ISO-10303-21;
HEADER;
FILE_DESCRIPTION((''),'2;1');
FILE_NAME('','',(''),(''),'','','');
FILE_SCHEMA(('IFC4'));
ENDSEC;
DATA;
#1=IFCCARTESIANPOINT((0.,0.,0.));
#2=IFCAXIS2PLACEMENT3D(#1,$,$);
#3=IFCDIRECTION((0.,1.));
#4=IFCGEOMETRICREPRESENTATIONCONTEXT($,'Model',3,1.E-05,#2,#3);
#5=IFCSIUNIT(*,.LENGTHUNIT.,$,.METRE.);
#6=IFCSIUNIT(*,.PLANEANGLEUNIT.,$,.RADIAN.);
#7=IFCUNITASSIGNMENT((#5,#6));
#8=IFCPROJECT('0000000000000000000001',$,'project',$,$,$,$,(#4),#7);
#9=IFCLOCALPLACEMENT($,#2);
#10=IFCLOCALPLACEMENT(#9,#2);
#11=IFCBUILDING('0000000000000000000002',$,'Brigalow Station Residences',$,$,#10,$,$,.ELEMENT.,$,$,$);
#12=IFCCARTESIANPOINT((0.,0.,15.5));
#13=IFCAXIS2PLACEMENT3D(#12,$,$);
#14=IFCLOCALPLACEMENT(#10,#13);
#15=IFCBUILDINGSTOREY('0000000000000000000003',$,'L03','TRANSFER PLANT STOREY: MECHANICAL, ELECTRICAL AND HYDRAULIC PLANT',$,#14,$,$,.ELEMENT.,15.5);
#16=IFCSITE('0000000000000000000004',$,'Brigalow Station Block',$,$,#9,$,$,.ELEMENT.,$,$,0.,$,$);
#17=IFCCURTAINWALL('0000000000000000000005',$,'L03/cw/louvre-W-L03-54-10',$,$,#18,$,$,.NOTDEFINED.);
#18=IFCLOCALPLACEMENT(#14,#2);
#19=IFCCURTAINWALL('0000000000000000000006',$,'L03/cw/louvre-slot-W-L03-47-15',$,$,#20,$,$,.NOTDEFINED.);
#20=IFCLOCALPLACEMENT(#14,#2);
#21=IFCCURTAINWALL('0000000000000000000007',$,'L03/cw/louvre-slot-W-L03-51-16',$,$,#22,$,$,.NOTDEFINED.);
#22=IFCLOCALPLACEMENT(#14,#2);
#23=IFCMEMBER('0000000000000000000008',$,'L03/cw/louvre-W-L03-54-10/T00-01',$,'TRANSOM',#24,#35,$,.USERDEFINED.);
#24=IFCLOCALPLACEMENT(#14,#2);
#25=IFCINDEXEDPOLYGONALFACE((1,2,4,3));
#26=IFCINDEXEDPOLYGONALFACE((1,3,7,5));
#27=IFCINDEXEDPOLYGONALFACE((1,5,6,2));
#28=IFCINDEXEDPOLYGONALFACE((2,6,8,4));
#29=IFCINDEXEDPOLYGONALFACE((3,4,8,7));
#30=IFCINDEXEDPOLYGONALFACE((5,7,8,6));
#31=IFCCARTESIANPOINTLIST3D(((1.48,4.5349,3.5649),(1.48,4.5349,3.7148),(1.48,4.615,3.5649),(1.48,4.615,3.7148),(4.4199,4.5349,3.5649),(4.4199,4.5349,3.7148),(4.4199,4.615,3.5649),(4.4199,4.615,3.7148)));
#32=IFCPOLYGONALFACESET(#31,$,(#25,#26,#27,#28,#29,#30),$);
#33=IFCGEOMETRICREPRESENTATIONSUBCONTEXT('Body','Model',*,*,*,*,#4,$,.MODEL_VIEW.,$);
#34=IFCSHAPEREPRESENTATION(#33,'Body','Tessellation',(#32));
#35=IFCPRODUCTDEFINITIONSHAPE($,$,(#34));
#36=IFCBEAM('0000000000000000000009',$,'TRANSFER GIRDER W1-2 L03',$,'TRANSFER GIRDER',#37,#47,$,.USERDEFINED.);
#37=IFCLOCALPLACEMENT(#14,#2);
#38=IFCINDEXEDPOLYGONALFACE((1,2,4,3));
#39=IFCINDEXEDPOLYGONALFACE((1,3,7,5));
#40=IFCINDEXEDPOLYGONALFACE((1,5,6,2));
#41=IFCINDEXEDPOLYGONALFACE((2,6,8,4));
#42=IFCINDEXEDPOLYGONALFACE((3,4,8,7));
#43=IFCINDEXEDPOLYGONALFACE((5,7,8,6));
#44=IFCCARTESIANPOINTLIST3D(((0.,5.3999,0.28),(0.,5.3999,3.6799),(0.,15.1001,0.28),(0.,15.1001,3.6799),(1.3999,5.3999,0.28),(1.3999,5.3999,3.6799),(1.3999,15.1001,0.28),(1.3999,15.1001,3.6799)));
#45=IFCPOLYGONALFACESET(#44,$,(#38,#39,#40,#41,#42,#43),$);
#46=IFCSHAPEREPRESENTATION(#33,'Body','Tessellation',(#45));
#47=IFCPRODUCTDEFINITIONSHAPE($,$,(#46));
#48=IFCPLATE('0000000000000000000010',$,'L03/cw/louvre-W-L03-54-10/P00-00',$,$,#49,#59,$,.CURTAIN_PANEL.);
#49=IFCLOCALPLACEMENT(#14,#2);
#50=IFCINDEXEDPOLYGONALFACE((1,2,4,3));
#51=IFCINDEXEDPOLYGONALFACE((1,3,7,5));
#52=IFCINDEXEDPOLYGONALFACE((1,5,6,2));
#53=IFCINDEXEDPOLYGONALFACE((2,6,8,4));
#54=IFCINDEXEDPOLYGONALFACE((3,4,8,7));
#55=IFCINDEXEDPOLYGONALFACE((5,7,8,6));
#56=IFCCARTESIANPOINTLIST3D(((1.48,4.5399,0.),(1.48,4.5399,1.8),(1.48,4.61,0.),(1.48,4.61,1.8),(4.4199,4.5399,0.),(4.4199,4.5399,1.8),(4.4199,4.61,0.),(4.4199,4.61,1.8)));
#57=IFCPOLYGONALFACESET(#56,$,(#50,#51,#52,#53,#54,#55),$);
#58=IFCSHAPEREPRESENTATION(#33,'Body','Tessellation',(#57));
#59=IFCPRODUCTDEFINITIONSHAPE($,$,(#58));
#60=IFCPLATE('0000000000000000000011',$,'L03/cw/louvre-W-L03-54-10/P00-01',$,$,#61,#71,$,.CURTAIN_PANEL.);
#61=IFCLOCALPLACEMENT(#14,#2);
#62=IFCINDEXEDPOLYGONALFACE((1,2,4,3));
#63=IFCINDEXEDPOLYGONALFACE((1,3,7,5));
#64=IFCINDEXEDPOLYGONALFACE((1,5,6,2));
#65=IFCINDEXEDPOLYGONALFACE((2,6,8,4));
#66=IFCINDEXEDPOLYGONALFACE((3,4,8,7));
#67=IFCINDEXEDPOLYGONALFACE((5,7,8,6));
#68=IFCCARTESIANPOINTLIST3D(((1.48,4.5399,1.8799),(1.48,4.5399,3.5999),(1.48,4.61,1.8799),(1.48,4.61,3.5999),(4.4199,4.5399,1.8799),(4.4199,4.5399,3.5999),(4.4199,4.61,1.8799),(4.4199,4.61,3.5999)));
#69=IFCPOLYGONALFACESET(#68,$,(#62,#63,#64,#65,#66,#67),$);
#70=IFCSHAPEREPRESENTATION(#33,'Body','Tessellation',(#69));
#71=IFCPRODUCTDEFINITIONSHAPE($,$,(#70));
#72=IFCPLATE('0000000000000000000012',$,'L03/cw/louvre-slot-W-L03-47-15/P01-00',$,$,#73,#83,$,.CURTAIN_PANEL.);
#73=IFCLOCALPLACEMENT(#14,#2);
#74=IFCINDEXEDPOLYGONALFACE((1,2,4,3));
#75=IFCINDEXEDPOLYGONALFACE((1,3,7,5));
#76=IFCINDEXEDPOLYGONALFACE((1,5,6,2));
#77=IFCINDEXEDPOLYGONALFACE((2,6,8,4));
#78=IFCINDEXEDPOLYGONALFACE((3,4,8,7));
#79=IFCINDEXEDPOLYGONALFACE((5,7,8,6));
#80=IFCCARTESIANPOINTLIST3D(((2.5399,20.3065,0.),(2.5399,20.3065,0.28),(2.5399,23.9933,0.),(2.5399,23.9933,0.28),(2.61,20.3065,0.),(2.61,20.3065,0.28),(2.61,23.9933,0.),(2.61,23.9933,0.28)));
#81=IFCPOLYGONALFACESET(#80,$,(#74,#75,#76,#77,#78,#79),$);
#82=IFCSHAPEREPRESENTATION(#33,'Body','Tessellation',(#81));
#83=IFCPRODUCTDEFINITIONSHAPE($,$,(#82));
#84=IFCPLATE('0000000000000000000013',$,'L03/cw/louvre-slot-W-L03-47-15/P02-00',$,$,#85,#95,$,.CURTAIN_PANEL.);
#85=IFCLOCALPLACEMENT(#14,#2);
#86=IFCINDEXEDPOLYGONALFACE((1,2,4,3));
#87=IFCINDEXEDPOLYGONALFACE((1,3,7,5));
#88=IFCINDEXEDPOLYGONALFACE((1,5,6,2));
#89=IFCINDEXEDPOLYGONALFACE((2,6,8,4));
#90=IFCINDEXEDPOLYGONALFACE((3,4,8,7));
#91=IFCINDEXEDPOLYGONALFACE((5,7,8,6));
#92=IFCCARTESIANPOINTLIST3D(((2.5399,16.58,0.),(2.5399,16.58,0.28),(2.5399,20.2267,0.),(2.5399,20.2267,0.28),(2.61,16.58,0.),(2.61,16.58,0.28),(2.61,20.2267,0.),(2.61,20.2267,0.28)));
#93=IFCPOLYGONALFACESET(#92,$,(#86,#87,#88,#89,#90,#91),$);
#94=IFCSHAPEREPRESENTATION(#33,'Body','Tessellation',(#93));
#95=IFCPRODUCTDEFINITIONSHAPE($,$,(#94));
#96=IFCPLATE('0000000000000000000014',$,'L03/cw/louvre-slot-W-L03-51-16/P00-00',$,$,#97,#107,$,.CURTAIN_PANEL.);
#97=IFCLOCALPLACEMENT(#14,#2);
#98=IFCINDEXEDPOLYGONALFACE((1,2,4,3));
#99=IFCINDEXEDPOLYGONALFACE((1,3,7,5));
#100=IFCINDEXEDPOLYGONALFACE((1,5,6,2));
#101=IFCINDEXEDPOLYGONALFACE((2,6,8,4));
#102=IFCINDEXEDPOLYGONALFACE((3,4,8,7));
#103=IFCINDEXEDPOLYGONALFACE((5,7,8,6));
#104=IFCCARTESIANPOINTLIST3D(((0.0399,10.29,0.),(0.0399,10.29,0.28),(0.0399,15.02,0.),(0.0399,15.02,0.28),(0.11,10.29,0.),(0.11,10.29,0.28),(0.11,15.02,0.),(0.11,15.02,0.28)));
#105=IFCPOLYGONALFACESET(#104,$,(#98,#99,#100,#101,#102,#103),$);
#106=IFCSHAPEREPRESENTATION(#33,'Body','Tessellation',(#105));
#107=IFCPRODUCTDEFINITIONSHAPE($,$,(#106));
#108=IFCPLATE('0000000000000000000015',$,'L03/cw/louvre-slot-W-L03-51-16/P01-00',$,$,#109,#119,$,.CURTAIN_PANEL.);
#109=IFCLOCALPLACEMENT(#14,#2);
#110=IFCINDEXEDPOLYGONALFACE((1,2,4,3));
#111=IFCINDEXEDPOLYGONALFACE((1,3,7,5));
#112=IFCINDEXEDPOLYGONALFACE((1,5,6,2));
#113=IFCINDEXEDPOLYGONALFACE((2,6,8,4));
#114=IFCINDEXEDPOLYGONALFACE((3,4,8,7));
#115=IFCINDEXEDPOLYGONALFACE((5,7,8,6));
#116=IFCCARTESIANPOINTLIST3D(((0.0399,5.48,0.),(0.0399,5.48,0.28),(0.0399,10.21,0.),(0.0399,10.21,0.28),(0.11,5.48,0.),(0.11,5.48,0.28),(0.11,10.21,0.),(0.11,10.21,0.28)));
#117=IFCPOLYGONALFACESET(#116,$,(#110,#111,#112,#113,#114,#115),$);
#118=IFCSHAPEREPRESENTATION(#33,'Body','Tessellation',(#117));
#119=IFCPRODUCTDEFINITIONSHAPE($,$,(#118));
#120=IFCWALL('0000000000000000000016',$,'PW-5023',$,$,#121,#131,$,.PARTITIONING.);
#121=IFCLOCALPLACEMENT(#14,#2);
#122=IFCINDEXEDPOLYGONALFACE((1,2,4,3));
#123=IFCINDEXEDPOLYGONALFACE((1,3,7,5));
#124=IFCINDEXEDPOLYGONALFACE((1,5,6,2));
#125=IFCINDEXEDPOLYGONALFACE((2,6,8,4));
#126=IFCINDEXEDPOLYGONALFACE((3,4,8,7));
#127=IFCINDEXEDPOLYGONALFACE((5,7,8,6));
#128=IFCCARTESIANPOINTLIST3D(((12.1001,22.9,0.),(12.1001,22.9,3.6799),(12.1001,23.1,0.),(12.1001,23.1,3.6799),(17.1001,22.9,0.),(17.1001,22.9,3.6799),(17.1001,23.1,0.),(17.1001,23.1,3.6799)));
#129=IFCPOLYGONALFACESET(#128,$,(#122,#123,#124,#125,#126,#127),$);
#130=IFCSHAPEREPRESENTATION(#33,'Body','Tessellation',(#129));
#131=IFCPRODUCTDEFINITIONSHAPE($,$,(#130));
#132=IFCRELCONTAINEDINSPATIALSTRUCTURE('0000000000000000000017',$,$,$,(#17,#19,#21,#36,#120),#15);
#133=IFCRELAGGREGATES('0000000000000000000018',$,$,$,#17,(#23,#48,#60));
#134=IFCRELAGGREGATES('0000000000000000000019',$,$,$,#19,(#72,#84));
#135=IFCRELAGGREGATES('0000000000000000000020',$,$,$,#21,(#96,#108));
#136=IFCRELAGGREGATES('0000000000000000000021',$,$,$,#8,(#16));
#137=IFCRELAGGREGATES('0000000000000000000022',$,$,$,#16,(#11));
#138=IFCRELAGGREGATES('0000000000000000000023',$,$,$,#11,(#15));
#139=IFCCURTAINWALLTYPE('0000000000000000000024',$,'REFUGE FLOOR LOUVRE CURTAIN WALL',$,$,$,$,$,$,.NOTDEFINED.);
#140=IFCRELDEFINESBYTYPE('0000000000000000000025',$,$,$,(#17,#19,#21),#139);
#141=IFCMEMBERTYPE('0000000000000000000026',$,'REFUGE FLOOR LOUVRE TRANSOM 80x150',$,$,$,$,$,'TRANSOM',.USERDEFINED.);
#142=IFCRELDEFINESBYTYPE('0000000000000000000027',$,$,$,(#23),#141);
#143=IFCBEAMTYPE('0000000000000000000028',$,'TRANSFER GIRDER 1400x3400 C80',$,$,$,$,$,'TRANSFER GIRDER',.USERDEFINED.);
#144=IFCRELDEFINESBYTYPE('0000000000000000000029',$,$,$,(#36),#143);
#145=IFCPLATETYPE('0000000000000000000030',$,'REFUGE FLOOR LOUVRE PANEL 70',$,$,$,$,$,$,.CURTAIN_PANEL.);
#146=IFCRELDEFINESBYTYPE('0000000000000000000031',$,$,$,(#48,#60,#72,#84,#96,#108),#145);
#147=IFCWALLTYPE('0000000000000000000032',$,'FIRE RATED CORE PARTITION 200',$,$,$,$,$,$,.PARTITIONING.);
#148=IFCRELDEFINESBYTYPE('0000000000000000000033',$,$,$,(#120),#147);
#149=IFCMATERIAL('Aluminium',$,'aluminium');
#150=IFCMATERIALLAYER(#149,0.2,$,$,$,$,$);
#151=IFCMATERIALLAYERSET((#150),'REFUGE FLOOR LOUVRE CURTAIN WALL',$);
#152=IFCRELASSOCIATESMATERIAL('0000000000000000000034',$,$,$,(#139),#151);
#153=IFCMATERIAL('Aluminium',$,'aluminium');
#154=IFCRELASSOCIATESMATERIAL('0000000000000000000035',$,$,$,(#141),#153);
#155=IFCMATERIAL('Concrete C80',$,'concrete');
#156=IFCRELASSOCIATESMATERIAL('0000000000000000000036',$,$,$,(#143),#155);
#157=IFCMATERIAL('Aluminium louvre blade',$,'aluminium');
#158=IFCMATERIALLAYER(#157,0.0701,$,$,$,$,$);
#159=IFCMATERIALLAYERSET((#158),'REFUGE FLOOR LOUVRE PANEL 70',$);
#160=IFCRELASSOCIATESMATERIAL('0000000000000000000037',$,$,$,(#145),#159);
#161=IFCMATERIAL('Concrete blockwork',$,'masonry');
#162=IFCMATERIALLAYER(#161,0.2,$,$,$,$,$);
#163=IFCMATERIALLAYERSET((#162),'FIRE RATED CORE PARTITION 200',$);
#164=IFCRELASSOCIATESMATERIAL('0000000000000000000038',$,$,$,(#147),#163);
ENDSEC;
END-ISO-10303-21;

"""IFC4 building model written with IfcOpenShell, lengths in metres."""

from ifc_helpers import new_model, si_unit, direction, frame, frame_2d, origin, origin_2d, place, context, subcontext, project, spatial, rectangle, extrude, material, layer, layer_set, material_profile, profile_set, type_object, element, aggregate, save


model = new_model("IFC4")

# Units and contexts
model_context = context("Model", 3, precision=1e-05, world=origin(), true_north=direction((0.0, 1.0)))
body_context = subcontext(model_context, "Body", "Model", "MODEL_VIEW")
ifc_project = project(units=[si_unit("LENGTHUNIT", "METRE"), si_unit("PLANEANGLEUNIT", "RADIAN")], contexts=[model_context])

# Site, building, storey
site_placement = place(None, origin())
site = spatial("IfcSite", under=ifc_project, at=site_placement, Name="Brigalow Station Block", CompositionType="ELEMENT", RefElevation=0.0)
building_placement = place(site_placement, origin())
building = spatial("IfcBuilding", under=site, at=building_placement, Name="Brigalow Station Residences", CompositionType="ELEMENT")
storey_placement = place(building_placement, frame((0.0, 0.0, 15.5)))
storey = spatial("IfcBuildingStorey", under=building, at=storey_placement, Name="L03", Description="TRANSFER PLANT STOREY: MECHANICAL, ELECTRICAL AND HYDRAULIC PLANT", CompositionType="ELEMENT", Elevation=15.5)

# Curtain walls
ifc_material_1 = material(Name="Aluminium", Category="aluminium")
ifc_layer_1 = layer(ifc_material_1, 0.2)
ifc_layer_set_1 = layer_set([ifc_layer_1], Name="REFUGE FLOOR LOUVRE CURTAIN WALL")
curtain_wall_type = type_object("IfcCurtainWallType", Name="REFUGE FLOOR LOUVRE CURTAIN WALL", PredefinedType="NOTDEFINED", material=ifc_layer_set_1)
curtain_wall_1_placement = place(storey_placement, origin())
curtain_wall_1 = element("IfcCurtainWall", 1, at=curtain_wall_1_placement, inside=storey, type_object=curtain_wall_type, Name="L03/cw/louvre-W-L03-54-10", PredefinedType="NOTDEFINED")
curtain_wall_2_placement = place(storey_placement, origin())
curtain_wall_2 = element("IfcCurtainWall", 2, at=curtain_wall_2_placement, inside=storey, type_object=curtain_wall_type, Name="L03/cw/louvre-slot-W-L03-47-15", PredefinedType="NOTDEFINED")
curtain_wall_3_placement = place(storey_placement, origin())
curtain_wall_3 = element("IfcCurtainWall", 3, at=curtain_wall_3_placement, inside=storey, type_object=curtain_wall_type, Name="L03/cw/louvre-slot-W-L03-51-16", PredefinedType="NOTDEFINED")

# Member
ifc_material_2 = material(Name="Aluminium", Category="aluminium")
ifc_material_profile_1 = material_profile(ifc_material_2, rectangle(XDim=0.0801, YDim=0.1499, at=origin_2d()), Name="REFUGE FLOOR LOUVRE TRANSOM 80x150")
ifc_profile_set_1 = profile_set([ifc_material_profile_1], Name="Aluminium")
member_type_1 = type_object("IfcMemberType", Name="REFUGE FLOOR LOUVRE TRANSOM 80x150", ElementType="TRANSOM", PredefinedType="USERDEFINED", material=ifc_profile_set_1)
member_1_placement = place(storey_placement, frame((1.48, 4.575, 3.6399), z_axis=(1.0, 0.0, 0.0), x_axis=(0.0, 1.0, 0.0)))
member_1 = element("IfcMember", 4, at=member_1_placement, type_object=member_type_1, Name="L03/cw/louvre-W-L03-54-10/T00-01", ObjectType="TRANSOM", PredefinedType="USERDEFINED", context=body_context, shape_type="SweptSolid", body=[
    extrude(rectangle(XDim=0.0801, YDim=0.1499, at=origin_2d()), origin(), (0.0, 0.0, 1.0), 2.9399),
])

# Beam
ifc_material_3 = material(Name="Concrete C80", Category="concrete")
ifc_material_profile_2 = material_profile(ifc_material_3, rectangle(XDim=1.3999, YDim=3.3999, at=origin_2d()), Name="RC1400x3400")
ifc_profile_set_2 = profile_set([ifc_material_profile_2], Name="Concrete C80")
beam_type = type_object("IfcBeamType", Name="TRANSFER GIRDER 1400x3400 C80", ElementType="TRANSFER GIRDER", PredefinedType="USERDEFINED", material=ifc_profile_set_2)
beam_placement = place(storey_placement, frame((0.7, 15.1001, 1.98), z_axis=(0.0, -1.0, 0.0), x_axis=(1.0, 0.0, 0.0)))
element("IfcBeam", 5, at=beam_placement, inside=storey, type_object=beam_type, Name="TRANSFER GIRDER W1-2 L03", ObjectType="TRANSFER GIRDER", PredefinedType="USERDEFINED", context=body_context, shape_type="SweptSolid", body=[
    extrude(rectangle(XDim=1.3999, YDim=3.3999, at=origin_2d()), origin(), (0.0, 0.0, 1.0), 9.7002),
])

# Plates
ifc_material_4 = material(Name="Aluminium louvre blade", Category="aluminium")
ifc_layer_2 = layer(ifc_material_4, 0.0701)
ifc_layer_set_2 = layer_set([ifc_layer_2], Name="REFUGE FLOOR LOUVRE PANEL 70")
plate_type = type_object("IfcPlateType", Name="REFUGE FLOOR LOUVRE PANEL 70", PredefinedType="CURTAIN_PANEL", material=ifc_layer_set_2)
plate_1_placement = place(storey_placement, frame((2.95, 4.575, 0.0), z_axis=(0.0, 0.0, 1.0), x_axis=(1.0, 0.0, 0.0)))
plate_1 = element("IfcPlate", 6, at=plate_1_placement, type_object=plate_type, Name="L03/cw/louvre-W-L03-54-10/P00-00", PredefinedType="CURTAIN_PANEL", context=body_context, shape_type="SweptSolid", body=[
    extrude(rectangle(XDim=2.9399, YDim=0.0701, at=origin_2d()), origin(), (0.0, 0.0, 1.0), 1.8),
])
plate_2_placement = place(storey_placement, frame((2.95, 4.575, 1.8799), z_axis=(0.0, 0.0, 1.0), x_axis=(1.0, 0.0, 0.0)))
plate_2 = element("IfcPlate", 7, at=plate_2_placement, type_object=plate_type, Name="L03/cw/louvre-W-L03-54-10/P00-01", PredefinedType="CURTAIN_PANEL", context=body_context, shape_type="SweptSolid", body=[
    extrude(rectangle(XDim=2.9399, YDim=0.0701, at=origin_2d()), origin(), (0.0, 0.0, 1.0), 1.72),
])
aggregate(curtain_wall_1, [member_1, plate_1, plate_2])
plate_3_placement = place(storey_placement, frame((2.575, 22.1499, 0.0), z_axis=(0.0, 0.0, 1.0), x_axis=(0.0, -1.0, 0.0)))
plate_3 = element("IfcPlate", 8, at=plate_3_placement, type_object=plate_type, Name="L03/cw/louvre-slot-W-L03-47-15/P01-00", PredefinedType="CURTAIN_PANEL", context=body_context, shape_type="SweptSolid", body=[
    extrude(rectangle(XDim=3.6868, YDim=0.0701, at=origin_2d()), origin(), (0.0, 0.0, 1.0), 0.28),
])
plate_4_placement = place(storey_placement, frame((2.575, 18.4033, 0.0), z_axis=(0.0, 0.0, 1.0), x_axis=(0.0, -1.0, 0.0)))
plate_4 = element("IfcPlate", 9, at=plate_4_placement, type_object=plate_type, Name="L03/cw/louvre-slot-W-L03-47-15/P02-00", PredefinedType="CURTAIN_PANEL", context=body_context, shape_type="SweptSolid", body=[
    extrude(rectangle(XDim=3.6467, YDim=0.0701, at=origin_2d()), origin(), (0.0, 0.0, 1.0), 0.28),
])
aggregate(curtain_wall_2, [plate_3, plate_4])
plate_5_placement = place(storey_placement, frame((0.075, 12.655, 0.0), z_axis=(0.0, 0.0, 1.0), x_axis=(0.0, -1.0, 0.0)))
plate_5 = element("IfcPlate", 10, at=plate_5_placement, type_object=plate_type, Name="L03/cw/louvre-slot-W-L03-51-16/P00-00", PredefinedType="CURTAIN_PANEL", context=body_context, shape_type="SweptSolid", body=[
    extrude(rectangle(XDim=4.73, YDim=0.0701, at=origin_2d()), origin(), (0.0, 0.0, 1.0), 0.28),
])
plate_6_placement = place(storey_placement, frame((0.075, 7.845, 0.0), z_axis=(0.0, 0.0, 1.0), x_axis=(0.0, -1.0, 0.0)))
plate_6 = element("IfcPlate", 11, at=plate_6_placement, type_object=plate_type, Name="L03/cw/louvre-slot-W-L03-51-16/P01-00", PredefinedType="CURTAIN_PANEL", context=body_context, shape_type="SweptSolid", body=[
    extrude(rectangle(XDim=4.73, YDim=0.0701, at=origin_2d()), origin(), (0.0, 0.0, 1.0), 0.28),
])
aggregate(curtain_wall_3, [plate_5, plate_6])

# Wall
ifc_material_5 = material(Name="Concrete blockwork", Category="masonry")
ifc_layer_3 = layer(ifc_material_5, 0.2)
ifc_layer_set_3 = layer_set([ifc_layer_3], Name="FIRE RATED CORE PARTITION 200")
wall_type_1 = type_object("IfcWallType", Name="FIRE RATED CORE PARTITION 200", PredefinedType="PARTITIONING", material=ifc_layer_set_3)
wall_1_placement = place(storey_placement, frame((12.1001, 23.0, 0.0), z_axis=(0.0, 0.0, 1.0), x_axis=(1.0, 0.0, 0.0)))
element("IfcWall", 12, at=wall_1_placement, inside=storey, type_object=wall_type_1, Name="PW-5023", PredefinedType="PARTITIONING", context=body_context, shape_type="SweptSolid", body=[
    extrude(rectangle(XDim=5.0, YDim=0.2, at=frame_2d((2.5, 0.0))), origin(), (0.0, 0.0, 1.0), 3.6799),
])

save(model, "model.ifc")
